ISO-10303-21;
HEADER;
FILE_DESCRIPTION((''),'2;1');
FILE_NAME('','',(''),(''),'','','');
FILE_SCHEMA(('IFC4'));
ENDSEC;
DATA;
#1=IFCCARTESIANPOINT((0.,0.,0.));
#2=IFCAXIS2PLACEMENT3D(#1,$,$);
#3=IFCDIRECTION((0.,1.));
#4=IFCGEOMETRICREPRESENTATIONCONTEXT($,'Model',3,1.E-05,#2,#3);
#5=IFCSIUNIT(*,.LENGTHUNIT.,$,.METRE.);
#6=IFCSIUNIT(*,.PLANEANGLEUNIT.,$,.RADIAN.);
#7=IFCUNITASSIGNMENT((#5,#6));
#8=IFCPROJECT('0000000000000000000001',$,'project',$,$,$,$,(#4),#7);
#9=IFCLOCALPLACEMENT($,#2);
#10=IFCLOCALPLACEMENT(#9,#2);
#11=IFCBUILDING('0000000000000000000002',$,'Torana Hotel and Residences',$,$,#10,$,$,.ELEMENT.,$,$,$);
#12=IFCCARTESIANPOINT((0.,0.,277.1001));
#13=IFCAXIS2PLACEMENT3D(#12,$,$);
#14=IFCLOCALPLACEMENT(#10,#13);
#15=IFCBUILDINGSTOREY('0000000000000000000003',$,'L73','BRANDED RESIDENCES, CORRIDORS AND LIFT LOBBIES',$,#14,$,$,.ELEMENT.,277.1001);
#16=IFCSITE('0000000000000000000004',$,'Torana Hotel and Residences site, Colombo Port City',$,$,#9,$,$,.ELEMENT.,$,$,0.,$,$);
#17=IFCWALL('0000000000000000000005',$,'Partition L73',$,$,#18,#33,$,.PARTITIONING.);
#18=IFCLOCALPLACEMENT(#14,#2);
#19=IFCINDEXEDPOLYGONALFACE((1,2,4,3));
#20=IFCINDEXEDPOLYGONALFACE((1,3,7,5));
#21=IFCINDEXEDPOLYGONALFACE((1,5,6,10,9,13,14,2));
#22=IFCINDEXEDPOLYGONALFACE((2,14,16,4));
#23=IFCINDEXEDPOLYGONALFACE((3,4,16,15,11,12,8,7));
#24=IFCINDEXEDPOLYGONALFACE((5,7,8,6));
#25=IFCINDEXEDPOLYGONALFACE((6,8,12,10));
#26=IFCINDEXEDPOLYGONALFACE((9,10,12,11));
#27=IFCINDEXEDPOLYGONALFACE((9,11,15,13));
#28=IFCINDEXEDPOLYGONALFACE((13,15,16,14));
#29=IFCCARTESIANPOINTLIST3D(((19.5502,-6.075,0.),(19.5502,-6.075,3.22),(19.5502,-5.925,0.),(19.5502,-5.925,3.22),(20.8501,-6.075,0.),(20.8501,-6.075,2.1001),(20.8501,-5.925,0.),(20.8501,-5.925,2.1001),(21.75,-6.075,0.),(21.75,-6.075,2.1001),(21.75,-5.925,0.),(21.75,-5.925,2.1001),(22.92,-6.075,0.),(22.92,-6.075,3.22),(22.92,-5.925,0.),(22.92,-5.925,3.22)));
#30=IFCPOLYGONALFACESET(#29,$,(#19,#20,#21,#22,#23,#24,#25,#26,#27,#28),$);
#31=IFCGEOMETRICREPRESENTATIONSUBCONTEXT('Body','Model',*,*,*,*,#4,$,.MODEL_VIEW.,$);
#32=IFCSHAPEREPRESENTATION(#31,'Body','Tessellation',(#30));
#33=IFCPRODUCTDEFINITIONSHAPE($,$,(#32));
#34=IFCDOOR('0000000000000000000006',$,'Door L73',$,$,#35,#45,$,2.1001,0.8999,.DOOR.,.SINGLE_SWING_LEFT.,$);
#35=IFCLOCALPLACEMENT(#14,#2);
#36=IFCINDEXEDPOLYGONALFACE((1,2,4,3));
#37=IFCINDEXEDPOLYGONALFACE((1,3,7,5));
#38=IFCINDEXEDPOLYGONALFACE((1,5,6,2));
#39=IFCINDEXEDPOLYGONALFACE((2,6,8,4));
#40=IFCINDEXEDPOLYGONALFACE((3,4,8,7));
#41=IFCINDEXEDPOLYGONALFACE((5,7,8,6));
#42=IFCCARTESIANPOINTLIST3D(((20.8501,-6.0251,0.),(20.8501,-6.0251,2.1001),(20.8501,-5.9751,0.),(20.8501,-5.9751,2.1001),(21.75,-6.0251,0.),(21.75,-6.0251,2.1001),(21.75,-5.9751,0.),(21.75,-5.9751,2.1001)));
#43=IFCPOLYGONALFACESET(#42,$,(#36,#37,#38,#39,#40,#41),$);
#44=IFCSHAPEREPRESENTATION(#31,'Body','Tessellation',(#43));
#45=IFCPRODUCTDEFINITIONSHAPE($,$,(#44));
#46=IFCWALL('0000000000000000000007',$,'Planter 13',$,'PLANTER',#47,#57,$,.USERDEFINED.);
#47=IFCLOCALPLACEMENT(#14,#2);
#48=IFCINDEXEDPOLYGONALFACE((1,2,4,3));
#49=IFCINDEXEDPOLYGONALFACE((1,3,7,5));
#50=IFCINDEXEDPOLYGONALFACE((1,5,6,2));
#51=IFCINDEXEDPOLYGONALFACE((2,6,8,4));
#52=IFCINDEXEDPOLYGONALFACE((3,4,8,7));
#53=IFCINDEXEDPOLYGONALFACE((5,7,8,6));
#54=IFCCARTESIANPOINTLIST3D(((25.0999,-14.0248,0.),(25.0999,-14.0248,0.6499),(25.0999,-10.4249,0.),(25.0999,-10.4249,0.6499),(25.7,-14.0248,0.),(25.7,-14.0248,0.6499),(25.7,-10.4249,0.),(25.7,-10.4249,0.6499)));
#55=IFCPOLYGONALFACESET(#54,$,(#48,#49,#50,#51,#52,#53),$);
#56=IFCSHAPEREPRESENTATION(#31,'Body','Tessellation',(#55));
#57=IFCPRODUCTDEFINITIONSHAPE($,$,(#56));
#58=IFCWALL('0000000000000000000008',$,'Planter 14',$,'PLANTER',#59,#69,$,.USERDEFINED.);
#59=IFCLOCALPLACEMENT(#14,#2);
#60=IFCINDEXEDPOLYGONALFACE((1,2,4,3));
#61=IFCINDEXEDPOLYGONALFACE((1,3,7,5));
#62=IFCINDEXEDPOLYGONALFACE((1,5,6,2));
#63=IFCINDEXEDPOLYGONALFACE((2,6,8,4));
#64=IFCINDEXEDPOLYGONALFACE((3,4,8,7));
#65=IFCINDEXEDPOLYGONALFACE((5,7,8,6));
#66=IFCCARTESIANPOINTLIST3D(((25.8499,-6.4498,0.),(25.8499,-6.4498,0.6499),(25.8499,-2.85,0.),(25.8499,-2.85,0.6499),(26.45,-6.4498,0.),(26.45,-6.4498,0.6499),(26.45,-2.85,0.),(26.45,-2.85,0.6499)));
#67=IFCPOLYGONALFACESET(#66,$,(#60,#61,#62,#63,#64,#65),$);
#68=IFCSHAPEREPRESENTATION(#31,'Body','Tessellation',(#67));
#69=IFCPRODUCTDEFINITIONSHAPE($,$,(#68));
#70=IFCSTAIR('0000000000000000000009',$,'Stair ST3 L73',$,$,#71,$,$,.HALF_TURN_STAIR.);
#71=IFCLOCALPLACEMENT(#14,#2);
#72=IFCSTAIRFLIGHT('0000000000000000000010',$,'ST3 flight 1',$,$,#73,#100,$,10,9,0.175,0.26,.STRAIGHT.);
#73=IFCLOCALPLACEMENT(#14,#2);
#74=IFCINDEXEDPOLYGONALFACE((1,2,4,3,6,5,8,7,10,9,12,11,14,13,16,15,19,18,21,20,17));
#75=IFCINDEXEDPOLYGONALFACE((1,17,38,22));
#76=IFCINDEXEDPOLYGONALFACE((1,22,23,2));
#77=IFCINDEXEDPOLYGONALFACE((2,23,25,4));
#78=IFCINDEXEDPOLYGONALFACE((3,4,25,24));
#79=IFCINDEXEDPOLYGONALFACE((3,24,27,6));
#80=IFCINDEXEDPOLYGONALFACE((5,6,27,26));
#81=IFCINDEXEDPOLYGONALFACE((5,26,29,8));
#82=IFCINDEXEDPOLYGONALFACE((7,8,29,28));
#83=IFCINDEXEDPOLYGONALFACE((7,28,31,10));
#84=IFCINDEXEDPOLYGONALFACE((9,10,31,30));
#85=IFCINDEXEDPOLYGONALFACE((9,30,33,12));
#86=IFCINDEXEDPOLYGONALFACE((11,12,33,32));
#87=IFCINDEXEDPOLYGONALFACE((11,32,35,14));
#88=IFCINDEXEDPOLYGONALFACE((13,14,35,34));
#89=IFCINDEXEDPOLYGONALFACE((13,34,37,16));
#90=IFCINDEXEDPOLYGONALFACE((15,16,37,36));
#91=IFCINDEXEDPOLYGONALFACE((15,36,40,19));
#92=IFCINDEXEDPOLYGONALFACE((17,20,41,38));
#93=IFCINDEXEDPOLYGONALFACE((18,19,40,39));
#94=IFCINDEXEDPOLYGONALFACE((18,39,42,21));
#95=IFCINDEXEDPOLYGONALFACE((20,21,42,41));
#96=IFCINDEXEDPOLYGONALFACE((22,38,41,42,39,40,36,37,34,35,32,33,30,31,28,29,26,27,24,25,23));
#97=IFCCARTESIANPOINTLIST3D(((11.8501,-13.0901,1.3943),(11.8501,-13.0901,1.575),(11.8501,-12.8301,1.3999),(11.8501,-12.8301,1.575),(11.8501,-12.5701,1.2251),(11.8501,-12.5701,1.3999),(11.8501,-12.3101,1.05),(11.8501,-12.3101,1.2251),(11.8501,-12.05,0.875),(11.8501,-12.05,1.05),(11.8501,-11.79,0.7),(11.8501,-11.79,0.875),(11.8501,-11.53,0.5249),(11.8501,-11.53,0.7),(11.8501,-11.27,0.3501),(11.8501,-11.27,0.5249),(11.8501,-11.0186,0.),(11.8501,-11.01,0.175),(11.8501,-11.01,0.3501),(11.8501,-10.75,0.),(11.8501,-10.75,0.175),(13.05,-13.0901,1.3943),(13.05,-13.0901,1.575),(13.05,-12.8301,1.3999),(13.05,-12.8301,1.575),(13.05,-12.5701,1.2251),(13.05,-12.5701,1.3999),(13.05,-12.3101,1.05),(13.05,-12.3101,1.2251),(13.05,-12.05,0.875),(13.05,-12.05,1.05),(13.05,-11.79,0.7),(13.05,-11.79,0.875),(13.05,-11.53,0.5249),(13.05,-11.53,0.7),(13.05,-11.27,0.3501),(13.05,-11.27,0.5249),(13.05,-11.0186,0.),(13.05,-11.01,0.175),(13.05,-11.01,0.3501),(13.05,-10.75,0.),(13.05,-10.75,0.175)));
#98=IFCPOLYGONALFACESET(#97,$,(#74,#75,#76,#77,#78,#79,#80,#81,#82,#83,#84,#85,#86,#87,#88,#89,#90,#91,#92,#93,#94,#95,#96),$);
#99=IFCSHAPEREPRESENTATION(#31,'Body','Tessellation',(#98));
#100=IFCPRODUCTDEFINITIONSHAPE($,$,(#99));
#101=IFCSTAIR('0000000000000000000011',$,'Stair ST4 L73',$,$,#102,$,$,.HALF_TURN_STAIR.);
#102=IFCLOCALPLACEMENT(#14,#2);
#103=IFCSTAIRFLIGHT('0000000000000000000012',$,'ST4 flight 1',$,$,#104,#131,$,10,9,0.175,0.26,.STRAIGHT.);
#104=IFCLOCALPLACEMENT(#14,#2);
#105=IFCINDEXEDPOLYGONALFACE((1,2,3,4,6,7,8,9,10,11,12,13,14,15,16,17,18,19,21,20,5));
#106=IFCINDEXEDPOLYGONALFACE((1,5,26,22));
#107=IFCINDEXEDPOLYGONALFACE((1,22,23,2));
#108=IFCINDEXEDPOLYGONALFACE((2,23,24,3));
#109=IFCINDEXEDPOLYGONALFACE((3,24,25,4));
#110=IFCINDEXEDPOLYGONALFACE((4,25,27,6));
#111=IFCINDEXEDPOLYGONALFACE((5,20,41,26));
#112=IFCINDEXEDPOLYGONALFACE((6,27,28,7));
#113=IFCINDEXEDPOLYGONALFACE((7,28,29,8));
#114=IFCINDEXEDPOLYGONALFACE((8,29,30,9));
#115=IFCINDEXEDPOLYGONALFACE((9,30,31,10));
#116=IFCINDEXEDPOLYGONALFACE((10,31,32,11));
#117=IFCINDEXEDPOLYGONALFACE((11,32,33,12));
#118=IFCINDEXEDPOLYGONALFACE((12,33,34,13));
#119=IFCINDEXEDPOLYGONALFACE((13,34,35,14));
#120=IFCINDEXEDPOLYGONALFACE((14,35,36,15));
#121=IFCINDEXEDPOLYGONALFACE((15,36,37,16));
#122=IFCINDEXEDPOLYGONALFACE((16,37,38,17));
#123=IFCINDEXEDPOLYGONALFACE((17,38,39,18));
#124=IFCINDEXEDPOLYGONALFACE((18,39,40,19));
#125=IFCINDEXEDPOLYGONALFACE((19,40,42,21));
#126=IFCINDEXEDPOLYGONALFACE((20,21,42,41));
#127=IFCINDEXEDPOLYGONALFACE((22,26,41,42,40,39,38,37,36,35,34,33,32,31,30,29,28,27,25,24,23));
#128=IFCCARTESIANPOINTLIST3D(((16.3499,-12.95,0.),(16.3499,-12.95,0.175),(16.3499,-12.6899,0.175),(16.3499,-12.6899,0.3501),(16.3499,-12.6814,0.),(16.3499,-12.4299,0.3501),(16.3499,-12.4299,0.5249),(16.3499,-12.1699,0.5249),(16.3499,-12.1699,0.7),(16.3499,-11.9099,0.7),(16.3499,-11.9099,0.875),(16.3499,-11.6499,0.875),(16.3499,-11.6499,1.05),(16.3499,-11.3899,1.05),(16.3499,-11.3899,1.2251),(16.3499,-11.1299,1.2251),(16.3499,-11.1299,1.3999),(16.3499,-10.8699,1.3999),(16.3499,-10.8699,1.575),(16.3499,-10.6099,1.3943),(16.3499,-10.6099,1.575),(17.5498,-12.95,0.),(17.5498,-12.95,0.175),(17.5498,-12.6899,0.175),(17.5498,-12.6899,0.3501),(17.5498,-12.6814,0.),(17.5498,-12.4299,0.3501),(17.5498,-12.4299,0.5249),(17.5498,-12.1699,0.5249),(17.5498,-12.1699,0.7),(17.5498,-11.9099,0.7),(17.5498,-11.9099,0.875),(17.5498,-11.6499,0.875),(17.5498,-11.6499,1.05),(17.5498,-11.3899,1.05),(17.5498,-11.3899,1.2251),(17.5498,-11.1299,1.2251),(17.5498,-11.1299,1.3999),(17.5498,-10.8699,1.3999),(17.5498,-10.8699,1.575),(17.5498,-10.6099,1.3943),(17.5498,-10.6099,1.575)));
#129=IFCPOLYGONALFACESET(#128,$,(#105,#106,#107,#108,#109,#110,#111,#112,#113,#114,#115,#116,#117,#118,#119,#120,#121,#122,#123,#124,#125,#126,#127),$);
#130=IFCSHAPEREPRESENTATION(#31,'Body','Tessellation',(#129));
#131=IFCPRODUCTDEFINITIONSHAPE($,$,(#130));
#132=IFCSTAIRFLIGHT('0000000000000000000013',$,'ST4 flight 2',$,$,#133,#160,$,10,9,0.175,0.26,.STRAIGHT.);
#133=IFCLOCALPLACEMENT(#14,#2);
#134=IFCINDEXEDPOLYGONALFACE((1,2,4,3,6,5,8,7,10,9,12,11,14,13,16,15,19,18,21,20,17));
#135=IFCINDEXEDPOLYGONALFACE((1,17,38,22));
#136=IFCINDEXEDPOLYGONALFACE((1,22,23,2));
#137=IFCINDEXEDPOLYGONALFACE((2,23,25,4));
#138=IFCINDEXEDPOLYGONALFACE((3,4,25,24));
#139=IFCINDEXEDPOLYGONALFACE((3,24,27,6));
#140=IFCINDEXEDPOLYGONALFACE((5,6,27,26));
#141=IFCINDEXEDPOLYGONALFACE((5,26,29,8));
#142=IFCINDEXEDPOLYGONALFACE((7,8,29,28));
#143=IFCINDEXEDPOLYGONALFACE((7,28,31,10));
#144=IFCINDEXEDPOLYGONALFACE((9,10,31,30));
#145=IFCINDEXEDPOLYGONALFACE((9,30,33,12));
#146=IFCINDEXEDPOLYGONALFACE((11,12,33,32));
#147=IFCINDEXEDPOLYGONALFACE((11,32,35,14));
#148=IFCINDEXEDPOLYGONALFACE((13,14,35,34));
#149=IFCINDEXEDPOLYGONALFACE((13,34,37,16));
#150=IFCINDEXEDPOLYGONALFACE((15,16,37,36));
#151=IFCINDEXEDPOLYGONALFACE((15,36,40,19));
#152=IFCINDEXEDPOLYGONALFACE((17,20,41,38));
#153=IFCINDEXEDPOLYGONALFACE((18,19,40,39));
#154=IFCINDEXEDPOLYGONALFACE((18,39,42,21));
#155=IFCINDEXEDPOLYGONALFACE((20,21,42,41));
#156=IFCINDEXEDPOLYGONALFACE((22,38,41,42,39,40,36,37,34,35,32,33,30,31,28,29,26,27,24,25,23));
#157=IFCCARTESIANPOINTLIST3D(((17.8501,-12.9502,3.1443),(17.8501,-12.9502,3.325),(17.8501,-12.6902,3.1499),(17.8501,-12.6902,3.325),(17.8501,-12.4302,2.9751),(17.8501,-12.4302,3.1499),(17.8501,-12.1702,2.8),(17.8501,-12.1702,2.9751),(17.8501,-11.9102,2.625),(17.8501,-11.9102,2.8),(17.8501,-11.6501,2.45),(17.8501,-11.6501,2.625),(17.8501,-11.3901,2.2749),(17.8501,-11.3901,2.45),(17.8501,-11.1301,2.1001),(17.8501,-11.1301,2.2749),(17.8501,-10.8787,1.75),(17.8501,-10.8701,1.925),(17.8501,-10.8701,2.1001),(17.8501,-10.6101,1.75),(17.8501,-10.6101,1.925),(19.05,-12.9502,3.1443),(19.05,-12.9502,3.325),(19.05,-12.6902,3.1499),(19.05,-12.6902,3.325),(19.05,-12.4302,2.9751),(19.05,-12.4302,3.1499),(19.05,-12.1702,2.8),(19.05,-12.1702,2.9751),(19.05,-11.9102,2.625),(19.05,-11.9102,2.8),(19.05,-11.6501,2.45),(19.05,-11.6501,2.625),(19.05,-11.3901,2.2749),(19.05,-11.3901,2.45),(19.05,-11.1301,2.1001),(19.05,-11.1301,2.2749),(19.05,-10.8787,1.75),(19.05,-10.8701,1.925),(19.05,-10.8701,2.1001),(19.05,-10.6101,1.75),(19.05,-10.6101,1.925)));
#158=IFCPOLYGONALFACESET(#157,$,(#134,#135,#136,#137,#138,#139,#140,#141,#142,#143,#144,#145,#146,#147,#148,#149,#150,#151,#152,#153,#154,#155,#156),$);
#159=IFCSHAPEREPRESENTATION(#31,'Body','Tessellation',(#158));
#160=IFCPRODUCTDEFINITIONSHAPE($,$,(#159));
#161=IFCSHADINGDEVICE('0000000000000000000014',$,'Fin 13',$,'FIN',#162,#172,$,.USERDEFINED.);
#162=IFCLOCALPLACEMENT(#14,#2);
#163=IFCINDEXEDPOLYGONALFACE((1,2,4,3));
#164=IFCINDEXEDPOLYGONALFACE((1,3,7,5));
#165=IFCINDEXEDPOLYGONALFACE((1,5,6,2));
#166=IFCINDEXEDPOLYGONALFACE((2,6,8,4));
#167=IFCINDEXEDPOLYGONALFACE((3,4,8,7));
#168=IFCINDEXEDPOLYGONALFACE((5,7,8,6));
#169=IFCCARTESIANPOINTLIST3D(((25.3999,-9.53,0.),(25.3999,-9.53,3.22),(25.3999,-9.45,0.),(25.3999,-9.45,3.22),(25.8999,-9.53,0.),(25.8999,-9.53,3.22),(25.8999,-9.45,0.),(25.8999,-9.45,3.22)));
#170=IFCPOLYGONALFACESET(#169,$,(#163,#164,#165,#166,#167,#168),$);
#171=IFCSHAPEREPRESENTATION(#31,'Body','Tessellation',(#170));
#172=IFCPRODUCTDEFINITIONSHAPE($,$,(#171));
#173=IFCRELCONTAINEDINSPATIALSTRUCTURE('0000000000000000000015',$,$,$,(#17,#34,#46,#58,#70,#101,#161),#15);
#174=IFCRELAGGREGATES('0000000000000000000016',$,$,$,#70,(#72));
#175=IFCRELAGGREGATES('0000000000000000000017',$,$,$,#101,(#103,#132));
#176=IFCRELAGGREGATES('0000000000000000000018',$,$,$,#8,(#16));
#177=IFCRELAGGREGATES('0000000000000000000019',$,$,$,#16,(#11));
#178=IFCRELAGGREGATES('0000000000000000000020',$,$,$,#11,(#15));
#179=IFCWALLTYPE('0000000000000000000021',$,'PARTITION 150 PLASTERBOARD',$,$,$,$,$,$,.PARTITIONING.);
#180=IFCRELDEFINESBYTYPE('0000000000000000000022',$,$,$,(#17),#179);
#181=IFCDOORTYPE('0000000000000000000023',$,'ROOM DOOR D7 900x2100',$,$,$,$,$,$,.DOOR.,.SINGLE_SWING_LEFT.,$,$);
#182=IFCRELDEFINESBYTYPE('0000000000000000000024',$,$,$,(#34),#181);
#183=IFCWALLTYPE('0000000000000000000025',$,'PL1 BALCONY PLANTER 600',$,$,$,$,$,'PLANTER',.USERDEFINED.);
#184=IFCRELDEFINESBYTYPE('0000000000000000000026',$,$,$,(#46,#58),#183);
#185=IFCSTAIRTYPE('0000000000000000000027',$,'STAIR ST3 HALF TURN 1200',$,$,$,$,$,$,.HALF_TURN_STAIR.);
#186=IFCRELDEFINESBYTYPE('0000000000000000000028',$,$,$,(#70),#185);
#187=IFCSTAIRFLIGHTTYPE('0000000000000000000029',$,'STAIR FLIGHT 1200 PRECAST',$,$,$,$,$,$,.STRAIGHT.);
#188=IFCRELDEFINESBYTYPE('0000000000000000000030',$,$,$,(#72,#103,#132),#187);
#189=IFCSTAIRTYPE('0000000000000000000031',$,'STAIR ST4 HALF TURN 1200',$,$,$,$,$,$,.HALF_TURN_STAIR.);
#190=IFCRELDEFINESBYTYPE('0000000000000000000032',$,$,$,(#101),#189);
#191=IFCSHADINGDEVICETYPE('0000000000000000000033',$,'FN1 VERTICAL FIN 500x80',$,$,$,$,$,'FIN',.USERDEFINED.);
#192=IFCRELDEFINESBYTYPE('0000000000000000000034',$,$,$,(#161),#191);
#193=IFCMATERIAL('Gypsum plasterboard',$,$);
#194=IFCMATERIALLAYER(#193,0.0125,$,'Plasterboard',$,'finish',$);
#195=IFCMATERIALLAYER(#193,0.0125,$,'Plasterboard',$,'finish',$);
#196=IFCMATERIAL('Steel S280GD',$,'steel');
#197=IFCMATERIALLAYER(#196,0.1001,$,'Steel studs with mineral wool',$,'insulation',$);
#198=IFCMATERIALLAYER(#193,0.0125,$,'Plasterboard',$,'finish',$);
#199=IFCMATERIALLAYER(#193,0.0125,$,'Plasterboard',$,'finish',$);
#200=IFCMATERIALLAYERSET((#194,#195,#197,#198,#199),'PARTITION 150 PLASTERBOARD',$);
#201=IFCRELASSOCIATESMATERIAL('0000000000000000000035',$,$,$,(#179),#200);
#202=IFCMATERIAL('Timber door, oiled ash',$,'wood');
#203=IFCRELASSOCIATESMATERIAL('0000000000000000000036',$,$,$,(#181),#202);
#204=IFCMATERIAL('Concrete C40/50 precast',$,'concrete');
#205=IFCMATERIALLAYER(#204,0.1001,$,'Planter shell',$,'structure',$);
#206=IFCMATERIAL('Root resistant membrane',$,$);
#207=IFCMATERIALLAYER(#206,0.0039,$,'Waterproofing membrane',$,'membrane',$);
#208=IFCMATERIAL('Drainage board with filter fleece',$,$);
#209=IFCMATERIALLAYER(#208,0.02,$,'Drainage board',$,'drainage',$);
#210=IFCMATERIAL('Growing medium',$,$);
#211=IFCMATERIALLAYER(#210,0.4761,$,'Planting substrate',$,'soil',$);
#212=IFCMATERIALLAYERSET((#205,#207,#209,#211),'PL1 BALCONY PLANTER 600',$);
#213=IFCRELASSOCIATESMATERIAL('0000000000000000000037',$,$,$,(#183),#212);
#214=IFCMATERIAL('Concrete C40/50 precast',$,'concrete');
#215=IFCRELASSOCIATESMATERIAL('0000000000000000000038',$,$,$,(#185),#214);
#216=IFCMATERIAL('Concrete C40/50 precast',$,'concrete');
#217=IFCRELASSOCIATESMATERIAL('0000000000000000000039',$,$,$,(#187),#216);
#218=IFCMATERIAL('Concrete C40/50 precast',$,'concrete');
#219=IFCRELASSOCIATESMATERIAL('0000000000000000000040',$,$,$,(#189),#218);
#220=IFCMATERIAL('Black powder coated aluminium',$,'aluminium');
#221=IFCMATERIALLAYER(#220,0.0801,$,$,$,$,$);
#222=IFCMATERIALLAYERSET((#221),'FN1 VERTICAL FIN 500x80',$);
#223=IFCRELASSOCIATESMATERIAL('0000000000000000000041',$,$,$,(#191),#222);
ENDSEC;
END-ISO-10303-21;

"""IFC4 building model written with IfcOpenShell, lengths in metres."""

from ifc_helpers import new_model, si_unit, direction, frame, frame_2d, origin, origin_2d, place, context, subcontext, project, spatial, polyline, rectangle, outline, extrude, material, layer, layer_set, type_object, element, fill, aggregate, save


model = new_model("IFC4")

# Units and contexts
model_context = context("Model", 3, precision=1e-05, world=origin(), true_north=direction((0.0, 1.0)))
body_context = subcontext(model_context, "Body", "Model", "MODEL_VIEW")
ifc_project = project(units=[si_unit("LENGTHUNIT", "METRE"), si_unit("PLANEANGLEUNIT", "RADIAN")], contexts=[model_context])

# Site, building, storey
site_placement = place(None, origin())
site = spatial("IfcSite", under=ifc_project, at=site_placement, Name="Torana Hotel and Residences site, Colombo Port City", CompositionType="ELEMENT", RefElevation=0.0)
building_placement = place(site_placement, origin())
building = spatial("IfcBuilding", under=site, at=building_placement, Name="Torana Hotel and Residences", CompositionType="ELEMENT")
storey_placement = place(building_placement, frame((0.0, 0.0, 277.1001)))
storey = spatial("IfcBuildingStorey", under=building, at=storey_placement, Name="L73", Description="BRANDED RESIDENCES, CORRIDORS AND LIFT LOBBIES", CompositionType="ELEMENT", Elevation=277.1001)

# Shared definitions
ifc_material_1 = material(Name="Steel S280GD", Category="steel")

# Shared definitions
ifc_material_2 = material(Name="Concrete C40/50 precast", Category="concrete")

# Shared definitions
ifc_material_3 = material(Name="Gypsum plasterboard")
ifc_layer_1 = layer(ifc_material_3, 0.0125, Name="Plasterboard", Category="finish")
ifc_layer_2 = layer(ifc_material_3, 0.0125, Name="Plasterboard", Category="finish")
ifc_layer_3 = layer(ifc_material_1, 0.1001, Name="Steel studs with mineral wool", Category="insulation")
ifc_layer_4 = layer(ifc_material_3, 0.0125, Name="Plasterboard", Category="finish")
ifc_layer_5 = layer(ifc_material_3, 0.0125, Name="Plasterboard", Category="finish")
ifc_layer_set_1 = layer_set([ifc_layer_1, ifc_layer_2, ifc_layer_3, ifc_layer_4, ifc_layer_5], Name="PARTITION 150 PLASTERBOARD")
wall_type_1 = type_object("IfcWallType", Name="PARTITION 150 PLASTERBOARD", PredefinedType="PARTITIONING", material=ifc_layer_set_1)

# Wall, opening, door
wall_1_placement = place(storey_placement, frame((19.55, -6.0, 0.0), z_axis=(0.0, 0.0, 1.0), x_axis=(1.0, 0.0, 0.0)))
wall_1 = element("IfcWall", 1, at=wall_1_placement, inside=storey, type_object=wall_type_1, Name="Partition L73", PredefinedType="PARTITIONING", context=body_context, shape_type="SweptSolid", body=[
    extrude(rectangle(XDim=3.3699, YDim=0.1499, at=frame_2d((1.6851, 0.0))), origin(), (0.0, 0.0, 1.0), 3.22),
])
opening_1_placement = place(wall_1_placement, frame((1.3, 0.0, 0.0)))
opening_1 = element("IfcOpeningElement", 2, at=opening_1_placement, cuts=wall_1, PredefinedType="OPENING", context=body_context, shape_type="SweptSolid", body=[
    extrude(rectangle(XDim=0.8999, YDim=2.1001, at=frame_2d((0.45, 1.05))), frame((0.0, 0.085, 0.0), z_axis=(0.0, -1.0, 0.0), x_axis=(1.0, 0.0, 0.0)), (0.0, 0.0, 1.0), 0.1699),
])
ifc_material_4 = material(Name="Timber door, oiled ash", Category="wood")
door_type = type_object("IfcDoorType", Name="ROOM DOOR D7 900x2100", OperationType="SINGLE_SWING_LEFT", PredefinedType="DOOR", material=ifc_material_4)
door_placement = place(opening_1_placement, origin())
door = element("IfcDoor", 3, at=door_placement, inside=storey, type_object=door_type, Name="Door L73", OperationType="SINGLE_SWING_LEFT", OverallHeight=2.1001, OverallWidth=0.8999, PredefinedType="DOOR", context=body_context, shape_type="SweptSolid", body=[
    extrude(rectangle(XDim=0.8999, YDim=2.1001, at=frame_2d((0.45, 1.05))), frame((0.0, 0.0249, 0.0), z_axis=(0.0, -1.0, 0.0), x_axis=(1.0, 0.0, 0.0)), (0.0, 0.0, 1.0), 0.05),
])
fill(opening_1, door)

# Walls
ifc_layer_6 = layer(ifc_material_2, 0.1001, Name="Planter shell", Category="structure")
ifc_material_5 = material(Name="Root resistant membrane")
ifc_layer_7 = layer(ifc_material_5, 0.0039, Name="Waterproofing membrane", Category="membrane")
ifc_material_6 = material(Name="Drainage board with filter fleece")
ifc_layer_8 = layer(ifc_material_6, 0.02, Name="Drainage board", Category="drainage")
ifc_material_7 = material(Name="Growing medium")
ifc_layer_9 = layer(ifc_material_7, 0.4761, Name="Planting substrate", Category="soil")
ifc_layer_set_2 = layer_set([ifc_layer_6, ifc_layer_7, ifc_layer_8, ifc_layer_9], Name="PL1 BALCONY PLANTER 600")
wall_type_2 = type_object("IfcWallType", Name="PL1 BALCONY PLANTER 600", ElementType="PLANTER", PredefinedType="USERDEFINED", material=ifc_layer_set_2)
for number, where, z_axis, x_axis, name in (
    (4, (25.3999, -10.425, 0.0), (0.0, 0.0, 1.0), (0.0, -1.0, 0.0), "Planter 13"),
    (5, (26.1499, -2.8501, 0.0), (0.0, 0.0, 1.0), (0.0, -1.0, 0.0), "Planter 14"),
):
    element("IfcWall", number, at=place(storey_placement, frame(where, z_axis=z_axis, x_axis=x_axis)), inside=storey, type_object=wall_type_2, Name=name, ObjectType="PLANTER", PredefinedType="USERDEFINED", context=body_context, shape_type="SweptSolid", body=[
        extrude(rectangle(XDim=3.5999, YDim=0.6001, at=frame_2d((1.7998, 0.0))), origin(), (0.0, 0.0, 1.0), 0.6499),
    ])

# Stair, stair flight
ifc_material_8 = material(Name="Concrete C40/50 precast", Category="concrete")
stair_type_1 = type_object("IfcStairType", Name="STAIR ST3 HALF TURN 1200", PredefinedType="HALF_TURN_STAIR", material=ifc_material_8)
stair_1_placement = place(storey_placement, origin())
stair_1 = element("IfcStair", 6, at=stair_1_placement, inside=storey, type_object=stair_type_1, Name="Stair ST3 L73", PredefinedType="HALF_TURN_STAIR")
ifc_material_9 = material(Name="Concrete C40/50 precast", Category="concrete")
stair_flight_type = type_object("IfcStairFlightType", Name="STAIR FLIGHT 1200 PRECAST", PredefinedType="STRAIGHT", material=ifc_material_9)
stair_flight_1_placement = place(storey_placement, frame((12.45, -10.75, 0.0), z_axis=(0.0, 0.0, 1.0), x_axis=(0.0, -1.0, 0.0)))
stair_flight_1 = element("IfcStairFlight", 7, at=stair_flight_1_placement, type_object=stair_flight_type, Name="ST3 flight 1", NumberOfRisers=10, NumberOfTreads=9, PredefinedType="STRAIGHT", RiserHeight=0.175, TreadLength=0.26, context=body_context, shape_type="SweptSolid", body=[
    extrude(outline(polyline([(0.0, 0.0), (0.0, 0.175), (0.26, 0.175), (0.26, 0.3501), (0.52, 0.3501), (0.52, 0.5249), (0.78, 0.5249), (0.78, 0.7), (1.04, 0.7), (1.04, 0.875), (1.3, 0.875), (1.3, 1.05), (1.5601, 1.05), (1.5601, 1.2251), (1.8201, 1.2251), (1.8201, 1.3999), (2.0801, 1.3999), (2.0801, 1.575), (2.3401, 1.575), (2.3401, 1.75), (2.3401, 1.3943), (0.2686, 0.0), (0.0, 0.0)])), frame((0.0, 0.6001, 0.0), z_axis=(0.0, -1.0, 0.0), x_axis=(1.0, 0.0, 0.0)), (0.0, 0.0, 1.0), 1.2),
])
aggregate(stair_1, [stair_flight_1])

# Stair, stair flights
ifc_material_10 = material(Name="Concrete C40/50 precast", Category="concrete")
stair_type_2 = type_object("IfcStairType", Name="STAIR ST4 HALF TURN 1200", PredefinedType="HALF_TURN_STAIR", material=ifc_material_10)
stair_2_placement = place(storey_placement, origin())
stair_2 = element("IfcStair", 8, at=stair_2_placement, inside=storey, type_object=stair_type_2, Name="Stair ST4 L73", PredefinedType="HALF_TURN_STAIR")
stair_flight_2_placement = place(storey_placement, frame((16.95, -12.95, 0.0), z_axis=(0.0, 0.0, 1.0), x_axis=(0.0, 1.0, 0.0)))
stair_flight_2 = element("IfcStairFlight", 9, at=stair_flight_2_placement, type_object=stair_flight_type, Name="ST4 flight 1", NumberOfRisers=10, NumberOfTreads=9, PredefinedType="STRAIGHT", RiserHeight=0.175, TreadLength=0.26, context=body_context, shape_type="SweptSolid", body=[
    extrude(outline(polyline([(0.0, 0.0), (0.0, 0.175), (0.26, 0.175), (0.26, 0.3501), (0.52, 0.3501), (0.52, 0.5249), (0.78, 0.5249), (0.78, 0.7), (1.04, 0.7), (1.04, 0.875), (1.3, 0.875), (1.3, 1.05), (1.5601, 1.05), (1.5601, 1.2251), (1.8201, 1.2251), (1.8201, 1.3999), (2.0801, 1.3999), (2.0801, 1.575), (2.3401, 1.575), (2.3401, 1.75), (2.3401, 1.3943), (0.2686, 0.0), (0.0, 0.0)])), frame((0.0, 0.6001, 0.0), z_axis=(0.0, -1.0, 0.0), x_axis=(1.0, 0.0, 0.0)), (0.0, 0.0, 1.0), 1.2),
])
stair_flight_3_placement = place(storey_placement, frame((18.45, -10.6101, 1.75), z_axis=(0.0, 0.0, 1.0), x_axis=(0.0, -1.0, 0.0)))
stair_flight_3 = element("IfcStairFlight", 10, at=stair_flight_3_placement, type_object=stair_flight_type, Name="ST4 flight 2", NumberOfRisers=10, NumberOfTreads=9, PredefinedType="STRAIGHT", RiserHeight=0.175, TreadLength=0.26, context=body_context, shape_type="SweptSolid", body=[
    extrude(outline(polyline([(0.0, 0.0), (0.0, 0.175), (0.26, 0.175), (0.26, 0.3501), (0.52, 0.3501), (0.52, 0.5249), (0.78, 0.5249), (0.78, 0.7), (1.04, 0.7), (1.04, 0.875), (1.3, 0.875), (1.3, 1.05), (1.5601, 1.05), (1.5601, 1.2251), (1.8201, 1.2251), (1.8201, 1.3999), (2.0801, 1.3999), (2.0801, 1.575), (2.3401, 1.575), (2.3401, 1.75), (2.3401, 1.3943), (0.2686, 0.0), (0.0, 0.0)])), frame((0.0, 0.6001, 0.0), z_axis=(0.0, -1.0, 0.0), x_axis=(1.0, 0.0, 0.0)), (0.0, 0.0, 1.0), 1.2),
])
aggregate(stair_2, [stair_flight_2, stair_flight_3])

# Shading device
ifc_material_11 = material(Name="Black powder coated aluminium", Category="aluminium")
ifc_layer_10 = layer(ifc_material_11, 0.0801)
ifc_layer_set_3 = layer_set([ifc_layer_10], Name="FN1 VERTICAL FIN 500x80")
shading_device_type_1 = type_object("IfcShadingDeviceType", Name="FN1 VERTICAL FIN 500x80", ElementType="FIN", PredefinedType="USERDEFINED", material=ifc_layer_set_3)
shading_device_1_placement = place(storey_placement, frame((25.6499, -9.49, 0.0), z_axis=(0.0, 0.0, 1.0), x_axis=(0.0, -1.0, 0.0)))
element("IfcShadingDevice", 11, at=shading_device_1_placement, inside=storey, type_object=shading_device_type_1, Name="Fin 13", ObjectType="FIN", PredefinedType="USERDEFINED", context=body_context, shape_type="SweptSolid", body=[
    extrude(rectangle(XDim=0.0801, YDim=0.5, at=origin_2d()), origin(), (0.0, 0.0, 1.0), 3.22),
])

save(model, "model.ifc")
